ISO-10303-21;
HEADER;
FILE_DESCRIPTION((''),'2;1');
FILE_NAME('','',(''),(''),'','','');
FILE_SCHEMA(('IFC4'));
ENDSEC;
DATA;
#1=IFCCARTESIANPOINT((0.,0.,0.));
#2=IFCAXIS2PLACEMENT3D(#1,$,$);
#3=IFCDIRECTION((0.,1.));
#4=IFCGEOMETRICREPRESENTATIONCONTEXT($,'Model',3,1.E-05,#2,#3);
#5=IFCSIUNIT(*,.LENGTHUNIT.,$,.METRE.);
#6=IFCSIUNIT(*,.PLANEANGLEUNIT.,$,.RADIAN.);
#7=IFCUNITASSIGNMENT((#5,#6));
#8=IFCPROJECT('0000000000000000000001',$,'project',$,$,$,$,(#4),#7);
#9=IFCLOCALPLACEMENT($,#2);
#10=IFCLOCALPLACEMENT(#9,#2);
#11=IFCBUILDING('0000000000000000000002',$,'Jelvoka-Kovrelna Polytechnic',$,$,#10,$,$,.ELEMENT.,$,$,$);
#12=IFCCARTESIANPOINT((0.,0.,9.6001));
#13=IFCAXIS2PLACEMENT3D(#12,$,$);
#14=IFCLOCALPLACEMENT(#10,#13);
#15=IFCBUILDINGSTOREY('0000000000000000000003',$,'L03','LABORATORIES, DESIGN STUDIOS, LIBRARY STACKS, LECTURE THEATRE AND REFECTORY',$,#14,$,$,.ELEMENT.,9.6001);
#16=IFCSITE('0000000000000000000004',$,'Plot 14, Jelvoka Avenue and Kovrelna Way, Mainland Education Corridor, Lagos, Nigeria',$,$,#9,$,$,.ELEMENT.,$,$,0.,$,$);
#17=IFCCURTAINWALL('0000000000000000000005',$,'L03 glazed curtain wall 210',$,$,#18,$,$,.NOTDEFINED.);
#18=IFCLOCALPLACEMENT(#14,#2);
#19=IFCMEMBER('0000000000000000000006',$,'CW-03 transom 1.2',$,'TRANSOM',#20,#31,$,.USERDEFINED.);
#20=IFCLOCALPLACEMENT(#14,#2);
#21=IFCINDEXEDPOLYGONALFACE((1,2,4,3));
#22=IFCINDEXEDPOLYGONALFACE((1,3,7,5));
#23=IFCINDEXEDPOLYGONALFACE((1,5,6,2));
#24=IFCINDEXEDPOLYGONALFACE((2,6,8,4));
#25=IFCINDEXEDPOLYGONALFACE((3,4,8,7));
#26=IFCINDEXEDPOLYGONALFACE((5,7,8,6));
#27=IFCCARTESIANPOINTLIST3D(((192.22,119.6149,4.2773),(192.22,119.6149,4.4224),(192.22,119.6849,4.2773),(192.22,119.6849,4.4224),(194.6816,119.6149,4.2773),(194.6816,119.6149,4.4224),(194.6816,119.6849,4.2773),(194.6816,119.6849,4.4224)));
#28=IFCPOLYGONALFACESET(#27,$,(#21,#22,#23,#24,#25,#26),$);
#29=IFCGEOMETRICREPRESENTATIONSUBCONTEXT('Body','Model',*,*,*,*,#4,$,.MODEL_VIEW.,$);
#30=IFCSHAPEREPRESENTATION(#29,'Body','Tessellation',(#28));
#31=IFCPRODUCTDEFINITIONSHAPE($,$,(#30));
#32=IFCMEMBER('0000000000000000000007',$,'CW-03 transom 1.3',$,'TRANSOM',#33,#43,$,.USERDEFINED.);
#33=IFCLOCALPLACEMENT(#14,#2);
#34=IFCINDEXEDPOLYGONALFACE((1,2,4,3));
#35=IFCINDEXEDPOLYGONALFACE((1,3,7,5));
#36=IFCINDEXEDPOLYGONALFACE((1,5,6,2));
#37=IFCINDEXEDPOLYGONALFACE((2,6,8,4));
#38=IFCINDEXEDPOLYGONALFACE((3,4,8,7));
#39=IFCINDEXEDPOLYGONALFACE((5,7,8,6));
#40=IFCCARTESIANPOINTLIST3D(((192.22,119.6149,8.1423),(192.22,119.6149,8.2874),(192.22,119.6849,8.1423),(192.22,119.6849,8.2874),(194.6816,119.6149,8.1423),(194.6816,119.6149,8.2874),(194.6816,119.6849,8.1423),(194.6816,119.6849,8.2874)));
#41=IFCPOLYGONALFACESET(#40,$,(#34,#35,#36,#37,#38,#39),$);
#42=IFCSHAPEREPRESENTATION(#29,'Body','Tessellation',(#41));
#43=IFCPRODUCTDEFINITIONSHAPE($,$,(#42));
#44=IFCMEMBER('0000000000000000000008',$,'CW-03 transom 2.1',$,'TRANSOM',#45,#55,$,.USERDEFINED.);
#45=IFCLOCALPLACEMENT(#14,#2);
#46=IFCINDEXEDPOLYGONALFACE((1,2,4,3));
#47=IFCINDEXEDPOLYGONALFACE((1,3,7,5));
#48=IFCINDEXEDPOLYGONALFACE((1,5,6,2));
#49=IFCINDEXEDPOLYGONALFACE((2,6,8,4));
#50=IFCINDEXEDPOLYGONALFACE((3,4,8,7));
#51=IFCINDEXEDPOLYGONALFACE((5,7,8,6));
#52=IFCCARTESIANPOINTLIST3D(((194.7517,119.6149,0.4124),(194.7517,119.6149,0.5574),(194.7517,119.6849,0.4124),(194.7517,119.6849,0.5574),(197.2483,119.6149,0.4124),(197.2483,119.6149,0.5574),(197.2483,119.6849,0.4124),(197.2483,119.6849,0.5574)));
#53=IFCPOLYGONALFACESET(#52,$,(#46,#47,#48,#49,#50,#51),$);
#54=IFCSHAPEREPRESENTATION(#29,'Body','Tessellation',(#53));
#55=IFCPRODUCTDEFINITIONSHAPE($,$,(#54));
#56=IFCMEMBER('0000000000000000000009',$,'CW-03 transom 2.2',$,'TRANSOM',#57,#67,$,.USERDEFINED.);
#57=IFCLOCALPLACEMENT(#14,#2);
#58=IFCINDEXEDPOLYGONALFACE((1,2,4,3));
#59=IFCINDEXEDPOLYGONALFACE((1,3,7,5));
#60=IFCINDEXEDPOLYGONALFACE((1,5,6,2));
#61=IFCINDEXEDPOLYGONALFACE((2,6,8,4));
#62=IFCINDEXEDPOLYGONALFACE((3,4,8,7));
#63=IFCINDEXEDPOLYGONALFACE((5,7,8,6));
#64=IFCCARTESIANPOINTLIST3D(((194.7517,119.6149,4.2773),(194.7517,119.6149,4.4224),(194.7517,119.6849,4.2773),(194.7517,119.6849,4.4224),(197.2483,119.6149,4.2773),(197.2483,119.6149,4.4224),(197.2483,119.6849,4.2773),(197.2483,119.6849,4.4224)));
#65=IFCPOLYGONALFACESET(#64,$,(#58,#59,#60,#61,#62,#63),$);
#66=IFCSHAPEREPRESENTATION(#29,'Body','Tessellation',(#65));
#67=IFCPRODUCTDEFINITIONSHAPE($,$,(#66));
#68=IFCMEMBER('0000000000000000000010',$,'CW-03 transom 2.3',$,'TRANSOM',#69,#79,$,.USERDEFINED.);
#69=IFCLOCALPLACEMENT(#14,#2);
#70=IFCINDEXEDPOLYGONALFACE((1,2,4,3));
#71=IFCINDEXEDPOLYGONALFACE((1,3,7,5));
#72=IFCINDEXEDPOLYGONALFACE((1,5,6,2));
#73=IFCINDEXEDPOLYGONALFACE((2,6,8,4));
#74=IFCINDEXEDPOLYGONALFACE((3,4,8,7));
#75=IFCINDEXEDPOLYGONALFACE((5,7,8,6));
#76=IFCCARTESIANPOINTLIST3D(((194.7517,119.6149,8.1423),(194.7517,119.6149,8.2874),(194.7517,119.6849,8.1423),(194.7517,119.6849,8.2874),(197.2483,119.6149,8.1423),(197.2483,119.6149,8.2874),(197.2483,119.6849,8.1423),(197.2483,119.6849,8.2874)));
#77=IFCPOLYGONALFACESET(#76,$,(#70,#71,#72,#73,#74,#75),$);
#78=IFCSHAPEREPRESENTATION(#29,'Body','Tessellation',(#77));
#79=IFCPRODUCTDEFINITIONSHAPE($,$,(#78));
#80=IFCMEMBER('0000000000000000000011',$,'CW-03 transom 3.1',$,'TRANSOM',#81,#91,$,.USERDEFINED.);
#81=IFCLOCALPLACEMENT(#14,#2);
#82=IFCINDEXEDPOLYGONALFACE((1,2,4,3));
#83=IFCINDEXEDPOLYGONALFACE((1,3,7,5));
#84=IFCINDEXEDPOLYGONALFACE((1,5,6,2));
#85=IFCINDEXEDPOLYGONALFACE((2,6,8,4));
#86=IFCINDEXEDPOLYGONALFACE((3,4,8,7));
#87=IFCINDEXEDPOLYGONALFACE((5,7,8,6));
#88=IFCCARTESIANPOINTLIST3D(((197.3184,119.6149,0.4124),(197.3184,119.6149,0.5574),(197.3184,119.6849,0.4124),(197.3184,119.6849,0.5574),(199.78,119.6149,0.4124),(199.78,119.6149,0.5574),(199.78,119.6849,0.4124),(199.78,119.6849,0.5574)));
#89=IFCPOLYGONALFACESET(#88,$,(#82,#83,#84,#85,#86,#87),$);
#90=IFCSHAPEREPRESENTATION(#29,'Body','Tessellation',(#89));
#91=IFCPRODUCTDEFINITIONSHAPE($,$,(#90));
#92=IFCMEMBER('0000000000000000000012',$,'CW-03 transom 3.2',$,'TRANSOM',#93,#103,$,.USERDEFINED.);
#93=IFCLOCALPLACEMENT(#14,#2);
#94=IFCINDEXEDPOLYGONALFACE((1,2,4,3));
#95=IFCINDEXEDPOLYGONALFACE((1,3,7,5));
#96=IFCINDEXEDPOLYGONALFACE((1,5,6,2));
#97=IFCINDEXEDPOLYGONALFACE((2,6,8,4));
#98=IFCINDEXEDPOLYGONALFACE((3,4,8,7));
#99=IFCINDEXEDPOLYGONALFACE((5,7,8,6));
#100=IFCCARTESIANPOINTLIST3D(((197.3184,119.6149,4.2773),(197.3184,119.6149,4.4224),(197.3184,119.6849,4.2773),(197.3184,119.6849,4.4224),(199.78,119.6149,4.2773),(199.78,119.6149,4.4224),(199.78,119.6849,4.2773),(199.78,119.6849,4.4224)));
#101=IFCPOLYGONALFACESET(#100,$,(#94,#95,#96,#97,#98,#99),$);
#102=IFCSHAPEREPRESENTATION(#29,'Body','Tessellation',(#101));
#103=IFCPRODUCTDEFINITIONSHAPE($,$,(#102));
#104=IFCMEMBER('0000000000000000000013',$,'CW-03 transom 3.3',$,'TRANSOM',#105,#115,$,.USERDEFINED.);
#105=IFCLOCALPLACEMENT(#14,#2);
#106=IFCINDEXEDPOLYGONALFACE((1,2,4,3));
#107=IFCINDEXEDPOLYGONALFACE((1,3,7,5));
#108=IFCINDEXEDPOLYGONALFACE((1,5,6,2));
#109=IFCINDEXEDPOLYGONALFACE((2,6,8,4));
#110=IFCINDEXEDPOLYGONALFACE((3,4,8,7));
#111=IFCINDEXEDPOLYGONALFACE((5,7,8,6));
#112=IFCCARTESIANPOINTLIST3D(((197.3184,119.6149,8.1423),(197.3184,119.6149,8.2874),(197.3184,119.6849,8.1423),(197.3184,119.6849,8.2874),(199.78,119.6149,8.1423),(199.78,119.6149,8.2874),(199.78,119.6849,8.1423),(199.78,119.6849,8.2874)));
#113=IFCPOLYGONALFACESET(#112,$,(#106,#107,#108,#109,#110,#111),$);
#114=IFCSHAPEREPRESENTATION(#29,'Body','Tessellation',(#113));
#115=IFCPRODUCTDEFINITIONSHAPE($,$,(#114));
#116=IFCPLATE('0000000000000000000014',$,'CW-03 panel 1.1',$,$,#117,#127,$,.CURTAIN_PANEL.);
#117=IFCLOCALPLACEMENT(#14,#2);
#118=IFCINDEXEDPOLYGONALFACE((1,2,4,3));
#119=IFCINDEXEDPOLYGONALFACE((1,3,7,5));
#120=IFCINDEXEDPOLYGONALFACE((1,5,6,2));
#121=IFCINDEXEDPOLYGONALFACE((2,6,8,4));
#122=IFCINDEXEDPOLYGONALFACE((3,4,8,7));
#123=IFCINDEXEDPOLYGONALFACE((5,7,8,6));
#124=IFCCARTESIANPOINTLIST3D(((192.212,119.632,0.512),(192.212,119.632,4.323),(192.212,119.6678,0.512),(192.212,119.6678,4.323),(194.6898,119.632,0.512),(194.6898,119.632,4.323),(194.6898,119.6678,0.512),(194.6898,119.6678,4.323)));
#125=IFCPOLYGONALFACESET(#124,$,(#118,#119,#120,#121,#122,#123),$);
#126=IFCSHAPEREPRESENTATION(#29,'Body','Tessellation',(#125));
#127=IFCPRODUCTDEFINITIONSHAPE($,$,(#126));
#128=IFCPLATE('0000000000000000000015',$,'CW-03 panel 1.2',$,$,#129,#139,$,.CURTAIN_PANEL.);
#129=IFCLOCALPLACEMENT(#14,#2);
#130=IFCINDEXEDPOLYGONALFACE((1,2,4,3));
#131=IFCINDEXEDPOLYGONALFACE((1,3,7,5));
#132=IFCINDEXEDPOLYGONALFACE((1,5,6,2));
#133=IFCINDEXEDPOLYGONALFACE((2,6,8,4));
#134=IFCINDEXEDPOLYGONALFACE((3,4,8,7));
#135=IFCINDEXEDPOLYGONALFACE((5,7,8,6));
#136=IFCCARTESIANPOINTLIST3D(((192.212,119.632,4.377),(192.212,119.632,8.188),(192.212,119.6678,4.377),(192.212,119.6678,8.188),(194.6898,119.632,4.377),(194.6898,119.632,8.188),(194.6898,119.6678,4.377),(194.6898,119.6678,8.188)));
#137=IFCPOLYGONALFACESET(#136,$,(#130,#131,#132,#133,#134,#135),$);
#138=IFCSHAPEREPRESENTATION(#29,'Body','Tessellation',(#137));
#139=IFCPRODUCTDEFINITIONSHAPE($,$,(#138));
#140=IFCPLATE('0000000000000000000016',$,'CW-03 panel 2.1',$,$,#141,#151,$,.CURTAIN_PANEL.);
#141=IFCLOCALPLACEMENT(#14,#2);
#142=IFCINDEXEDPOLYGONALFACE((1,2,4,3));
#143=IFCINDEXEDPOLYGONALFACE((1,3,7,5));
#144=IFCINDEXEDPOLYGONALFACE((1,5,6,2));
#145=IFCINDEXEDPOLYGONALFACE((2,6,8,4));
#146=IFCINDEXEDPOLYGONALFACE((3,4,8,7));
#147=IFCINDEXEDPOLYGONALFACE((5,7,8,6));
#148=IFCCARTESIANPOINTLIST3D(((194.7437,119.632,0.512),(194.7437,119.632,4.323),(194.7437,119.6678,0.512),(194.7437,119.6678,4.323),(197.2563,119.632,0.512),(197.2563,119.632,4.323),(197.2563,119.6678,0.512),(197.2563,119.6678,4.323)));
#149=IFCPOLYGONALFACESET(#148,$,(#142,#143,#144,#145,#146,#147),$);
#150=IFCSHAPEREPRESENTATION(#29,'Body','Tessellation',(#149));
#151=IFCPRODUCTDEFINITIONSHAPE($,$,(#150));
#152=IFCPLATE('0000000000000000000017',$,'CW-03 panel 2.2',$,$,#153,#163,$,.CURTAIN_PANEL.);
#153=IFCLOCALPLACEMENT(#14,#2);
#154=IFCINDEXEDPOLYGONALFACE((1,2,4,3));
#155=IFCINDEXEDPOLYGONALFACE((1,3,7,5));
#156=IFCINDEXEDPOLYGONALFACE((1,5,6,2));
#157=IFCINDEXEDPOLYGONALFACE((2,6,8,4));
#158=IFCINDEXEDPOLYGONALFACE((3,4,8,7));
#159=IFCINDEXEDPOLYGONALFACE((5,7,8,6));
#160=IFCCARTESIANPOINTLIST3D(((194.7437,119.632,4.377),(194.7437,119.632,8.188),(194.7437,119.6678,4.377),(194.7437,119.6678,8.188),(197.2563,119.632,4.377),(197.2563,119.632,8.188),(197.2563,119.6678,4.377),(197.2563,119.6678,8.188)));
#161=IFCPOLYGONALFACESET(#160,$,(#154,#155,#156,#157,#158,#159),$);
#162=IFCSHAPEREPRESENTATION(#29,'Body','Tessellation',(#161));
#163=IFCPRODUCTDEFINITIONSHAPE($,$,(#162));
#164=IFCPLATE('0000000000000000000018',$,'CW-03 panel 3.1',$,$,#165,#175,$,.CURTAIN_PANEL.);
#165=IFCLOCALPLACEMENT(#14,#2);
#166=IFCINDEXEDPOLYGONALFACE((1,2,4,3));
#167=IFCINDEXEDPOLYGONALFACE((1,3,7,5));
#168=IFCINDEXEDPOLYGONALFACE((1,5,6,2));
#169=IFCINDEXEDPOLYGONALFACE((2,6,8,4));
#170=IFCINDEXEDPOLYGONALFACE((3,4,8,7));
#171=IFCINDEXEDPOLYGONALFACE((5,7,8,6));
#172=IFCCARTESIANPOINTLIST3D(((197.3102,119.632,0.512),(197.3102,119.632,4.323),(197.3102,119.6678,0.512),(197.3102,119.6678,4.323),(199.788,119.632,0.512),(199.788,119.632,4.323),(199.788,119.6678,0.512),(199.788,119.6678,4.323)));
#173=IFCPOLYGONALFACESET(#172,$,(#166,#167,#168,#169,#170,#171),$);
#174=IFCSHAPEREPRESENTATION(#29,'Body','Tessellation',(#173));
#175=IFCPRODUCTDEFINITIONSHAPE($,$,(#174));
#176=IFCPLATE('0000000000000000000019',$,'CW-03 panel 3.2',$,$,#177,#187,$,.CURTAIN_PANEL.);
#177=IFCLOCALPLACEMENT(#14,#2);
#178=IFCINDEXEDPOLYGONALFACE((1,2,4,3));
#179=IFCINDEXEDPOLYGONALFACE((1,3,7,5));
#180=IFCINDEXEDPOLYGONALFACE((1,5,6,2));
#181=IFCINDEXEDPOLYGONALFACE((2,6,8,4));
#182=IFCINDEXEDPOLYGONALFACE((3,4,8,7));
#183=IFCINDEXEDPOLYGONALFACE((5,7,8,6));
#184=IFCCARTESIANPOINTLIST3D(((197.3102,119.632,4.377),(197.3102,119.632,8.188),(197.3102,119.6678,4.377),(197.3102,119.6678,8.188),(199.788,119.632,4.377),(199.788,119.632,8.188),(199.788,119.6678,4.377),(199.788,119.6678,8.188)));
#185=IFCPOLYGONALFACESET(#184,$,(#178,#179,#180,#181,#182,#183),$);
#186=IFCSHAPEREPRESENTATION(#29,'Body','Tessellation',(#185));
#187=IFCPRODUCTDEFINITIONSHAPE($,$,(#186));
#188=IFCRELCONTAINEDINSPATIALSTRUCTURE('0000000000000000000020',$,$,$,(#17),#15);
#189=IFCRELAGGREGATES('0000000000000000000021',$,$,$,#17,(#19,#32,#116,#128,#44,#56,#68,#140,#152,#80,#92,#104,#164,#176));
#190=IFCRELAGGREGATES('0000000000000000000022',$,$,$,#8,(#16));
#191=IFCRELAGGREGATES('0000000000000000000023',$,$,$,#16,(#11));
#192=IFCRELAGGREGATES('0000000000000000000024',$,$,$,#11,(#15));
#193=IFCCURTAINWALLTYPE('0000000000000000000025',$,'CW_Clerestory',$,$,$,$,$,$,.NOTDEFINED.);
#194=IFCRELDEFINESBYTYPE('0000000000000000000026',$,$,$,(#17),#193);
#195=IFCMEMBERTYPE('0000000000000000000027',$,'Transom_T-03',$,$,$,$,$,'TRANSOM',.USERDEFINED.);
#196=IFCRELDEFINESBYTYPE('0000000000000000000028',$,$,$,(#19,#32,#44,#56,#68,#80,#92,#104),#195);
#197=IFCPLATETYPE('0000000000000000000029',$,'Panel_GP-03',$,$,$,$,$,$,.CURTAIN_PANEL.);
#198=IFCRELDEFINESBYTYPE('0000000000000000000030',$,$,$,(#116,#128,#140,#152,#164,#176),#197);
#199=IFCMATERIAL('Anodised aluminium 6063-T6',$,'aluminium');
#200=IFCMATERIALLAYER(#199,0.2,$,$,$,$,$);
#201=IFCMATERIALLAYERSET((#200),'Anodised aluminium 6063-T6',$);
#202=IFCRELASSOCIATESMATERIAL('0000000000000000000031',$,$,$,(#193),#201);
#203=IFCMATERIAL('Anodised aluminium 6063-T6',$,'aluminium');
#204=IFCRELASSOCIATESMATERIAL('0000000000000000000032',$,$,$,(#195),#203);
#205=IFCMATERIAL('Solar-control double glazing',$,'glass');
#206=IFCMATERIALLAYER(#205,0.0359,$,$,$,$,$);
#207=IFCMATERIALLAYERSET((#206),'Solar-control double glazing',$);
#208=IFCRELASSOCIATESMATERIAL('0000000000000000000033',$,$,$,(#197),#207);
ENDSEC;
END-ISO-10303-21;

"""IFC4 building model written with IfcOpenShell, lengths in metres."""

from ifc_helpers import new_model, si_unit, direction, frame, origin, origin_2d, place, context, subcontext, project, spatial, rectangle, extrude, material, layer, layer_set, material_profile, profile_set, type_object, element, aggregate, save


model = new_model("IFC4")

# Units and contexts
model_context = context("Model", 3, precision=1e-05, world=origin(), true_north=direction((0.0, 1.0)))
body_context = subcontext(model_context, "Body", "Model", "MODEL_VIEW")
ifc_project = project(units=[si_unit("LENGTHUNIT", "METRE"), si_unit("PLANEANGLEUNIT", "RADIAN")], contexts=[model_context])

# Site, building, storey
site_placement = place(None, origin())
site = spatial("IfcSite", under=ifc_project, at=site_placement, Name="Plot 14, Jelvoka Avenue and Kovrelna Way, Mainland Education Corridor, Lagos, Nigeria", CompositionType="ELEMENT", RefElevation=0.0)
building_placement = place(site_placement, origin())
building = spatial("IfcBuilding", under=site, at=building_placement, Name="Jelvoka-Kovrelna Polytechnic", CompositionType="ELEMENT")
storey_placement = place(building_placement, frame((0.0, 0.0, 9.6001)))
storey = spatial("IfcBuildingStorey", under=building, at=storey_placement, Name="L03", Description="LABORATORIES, DESIGN STUDIOS, LIBRARY STACKS, LECTURE THEATRE AND REFECTORY", CompositionType="ELEMENT", Elevation=9.6001)

# Curtain wall, members, plates
ifc_material_1 = material(Name="Anodised aluminium 6063-T6", Category="aluminium")
ifc_layer_1 = layer(ifc_material_1, 0.2)
ifc_layer_set_1 = layer_set([ifc_layer_1], Name="Anodised aluminium 6063-T6")
curtain_wall_type = type_object("IfcCurtainWallType", Name="CW_Clerestory", PredefinedType="NOTDEFINED", material=ifc_layer_set_1)
curtain_wall_placement = place(storey_placement, origin())
curtain_wall = element("IfcCurtainWall", 1, at=curtain_wall_placement, inside=storey, type_object=curtain_wall_type, Name="L03 glazed curtain wall 210", PredefinedType="NOTDEFINED")
ifc_material_2 = material(Name="Anodised aluminium 6063-T6", Category="aluminium")
ifc_material_profile_1 = material_profile(ifc_material_2, rectangle(XDim=0.0701, YDim=0.145, at=origin_2d()), Name="ALU 70x145")
ifc_profile_set_1 = profile_set([ifc_material_profile_1], Name="Anodised aluminium 6063-T6")
member_type_1 = type_object("IfcMemberType", Name="Transom_T-03", ElementType="TRANSOM", PredefinedType="USERDEFINED", material=ifc_profile_set_1)
member_1_placement = place(storey_placement, frame((192.22, 119.6499, 4.3499), z_axis=(1.0, 0.0, 0.0), x_axis=(0.0, 1.0, 0.0)))
member_1 = element("IfcMember", 2, at=member_1_placement, type_object=member_type_1, Name="CW-03 transom 1.2", ObjectType="TRANSOM", PredefinedType="USERDEFINED", context=body_context, shape_type="SweptSolid", body=[
    extrude(rectangle(XDim=0.0701, YDim=0.145, at=origin_2d()), origin(), (0.0, 0.0, 1.0), 2.4617),
])
member_2_placement = place(storey_placement, frame((192.22, 119.6499, 8.2148), z_axis=(1.0, 0.0, 0.0), x_axis=(0.0, 1.0, 0.0)))
member_2 = element("IfcMember", 3, at=member_2_placement, type_object=member_type_1, Name="CW-03 transom 1.3", ObjectType="TRANSOM", PredefinedType="USERDEFINED", context=body_context, shape_type="SweptSolid", body=[
    extrude(rectangle(XDim=0.0701, YDim=0.145, at=origin_2d()), origin(), (0.0, 0.0, 1.0), 2.4617),
])
member_3_placement = place(storey_placement, frame((194.7517, 119.6499, 0.4849), z_axis=(1.0, 0.0, 0.0), x_axis=(0.0, 1.0, 0.0)))
member_3 = element("IfcMember", 4, at=member_3_placement, type_object=member_type_1, Name="CW-03 transom 2.1", ObjectType="TRANSOM", PredefinedType="USERDEFINED", context=body_context, shape_type="SweptSolid", body=[
    extrude(rectangle(XDim=0.0701, YDim=0.145, at=origin_2d()), origin(), (0.0, 0.0, 1.0), 2.4966),
])
member_4_placement = place(storey_placement, frame((194.7517, 119.6499, 4.3499), z_axis=(1.0, 0.0, 0.0), x_axis=(0.0, 1.0, 0.0)))
member_4 = element("IfcMember", 5, at=member_4_placement, type_object=member_type_1, Name="CW-03 transom 2.2", ObjectType="TRANSOM", PredefinedType="USERDEFINED", context=body_context, shape_type="SweptSolid", body=[
    extrude(rectangle(XDim=0.0701, YDim=0.145, at=origin_2d()), origin(), (0.0, 0.0, 1.0), 2.4966),
])
member_5_placement = place(storey_placement, frame((194.7517, 119.6499, 8.2148), z_axis=(1.0, 0.0, 0.0), x_axis=(0.0, 1.0, 0.0)))
member_5 = element("IfcMember", 6, at=member_5_placement, type_object=member_type_1, Name="CW-03 transom 2.3", ObjectType="TRANSOM", PredefinedType="USERDEFINED", context=body_context, shape_type="SweptSolid", body=[
    extrude(rectangle(XDim=0.0701, YDim=0.145, at=origin_2d()), origin(), (0.0, 0.0, 1.0), 2.4966),
])
member_6_placement = place(storey_placement, frame((197.3184, 119.6499, 0.4849), z_axis=(1.0, 0.0, 0.0), x_axis=(0.0, 1.0, 0.0)))
member_6 = element("IfcMember", 7, at=member_6_placement, type_object=member_type_1, Name="CW-03 transom 3.1", ObjectType="TRANSOM", PredefinedType="USERDEFINED", context=body_context, shape_type="SweptSolid", body=[
    extrude(rectangle(XDim=0.0701, YDim=0.145, at=origin_2d()), origin(), (0.0, 0.0, 1.0), 2.4617),
])
member_7_placement = place(storey_placement, frame((197.3184, 119.6499, 4.3499), z_axis=(1.0, 0.0, 0.0), x_axis=(0.0, 1.0, 0.0)))
member_7 = element("IfcMember", 8, at=member_7_placement, type_object=member_type_1, Name="CW-03 transom 3.2", ObjectType="TRANSOM", PredefinedType="USERDEFINED", context=body_context, shape_type="SweptSolid", body=[
    extrude(rectangle(XDim=0.0701, YDim=0.145, at=origin_2d()), origin(), (0.0, 0.0, 1.0), 2.4617),
])
member_8_placement = place(storey_placement, frame((197.3184, 119.6499, 8.2148), z_axis=(1.0, 0.0, 0.0), x_axis=(0.0, 1.0, 0.0)))
member_8 = element("IfcMember", 9, at=member_8_placement, type_object=member_type_1, Name="CW-03 transom 3.3", ObjectType="TRANSOM", PredefinedType="USERDEFINED", context=body_context, shape_type="SweptSolid", body=[
    extrude(rectangle(XDim=0.0701, YDim=0.145, at=origin_2d()), origin(), (0.0, 0.0, 1.0), 2.4617),
])
ifc_material_3 = material(Name="Solar-control double glazing", Category="glass")
ifc_layer_2 = layer(ifc_material_3, 0.0359)
ifc_layer_set_2 = layer_set([ifc_layer_2], Name="Solar-control double glazing")
plate_type_1 = type_object("IfcPlateType", Name="Panel_GP-03", PredefinedType="CURTAIN_PANEL", material=ifc_layer_set_2)
plate_1_placement = place(storey_placement, frame((193.4509, 119.6499, 0.512), z_axis=(0.0, 0.0, 1.0), x_axis=(1.0, 0.0, 0.0)))
plate_1 = element("IfcPlate", 10, at=plate_1_placement, type_object=plate_type_1, Name="CW-03 panel 1.1", PredefinedType="CURTAIN_PANEL", context=body_context, shape_type="SweptSolid", body=[
    extrude(rectangle(XDim=2.4778, YDim=0.0359, at=origin_2d()), origin(), (0.0, 0.0, 1.0), 3.811),
])
plate_2_placement = place(storey_placement, frame((193.4509, 119.6499, 4.377), z_axis=(0.0, 0.0, 1.0), x_axis=(1.0, 0.0, 0.0)))
plate_2 = element("IfcPlate", 11, at=plate_2_placement, type_object=plate_type_1, Name="CW-03 panel 1.2", PredefinedType="CURTAIN_PANEL", context=body_context, shape_type="SweptSolid", body=[
    extrude(rectangle(XDim=2.4778, YDim=0.0359, at=origin_2d()), origin(), (0.0, 0.0, 1.0), 3.811),
])
plate_3_placement = place(storey_placement, frame((196.0, 119.6499, 0.512), z_axis=(0.0, 0.0, 1.0), x_axis=(1.0, 0.0, 0.0)))
plate_3 = element("IfcPlate", 12, at=plate_3_placement, type_object=plate_type_1, Name="CW-03 panel 2.1", PredefinedType="CURTAIN_PANEL", context=body_context, shape_type="SweptSolid", body=[
    extrude(rectangle(XDim=2.5127, YDim=0.0359, at=origin_2d()), origin(), (0.0, 0.0, 1.0), 3.811),
])
plate_4_placement = place(storey_placement, frame((196.0, 119.6499, 4.377), z_axis=(0.0, 0.0, 1.0), x_axis=(1.0, 0.0, 0.0)))
plate_4 = element("IfcPlate", 13, at=plate_4_placement, type_object=plate_type_1, Name="CW-03 panel 2.2", PredefinedType="CURTAIN_PANEL", context=body_context, shape_type="SweptSolid", body=[
    extrude(rectangle(XDim=2.5127, YDim=0.0359, at=origin_2d()), origin(), (0.0, 0.0, 1.0), 3.811),
])
plate_5_placement = place(storey_placement, frame((198.5491, 119.6499, 0.512), z_axis=(0.0, 0.0, 1.0), x_axis=(1.0, 0.0, 0.0)))
plate_5 = element("IfcPlate", 14, at=plate_5_placement, type_object=plate_type_1, Name="CW-03 panel 3.1", PredefinedType="CURTAIN_PANEL", context=body_context, shape_type="SweptSolid", body=[
    extrude(rectangle(XDim=2.4778, YDim=0.0359, at=origin_2d()), origin(), (0.0, 0.0, 1.0), 3.811),
])
plate_6_placement = place(storey_placement, frame((198.5491, 119.6499, 4.377), z_axis=(0.0, 0.0, 1.0), x_axis=(1.0, 0.0, 0.0)))
plate_6 = element("IfcPlate", 15, at=plate_6_placement, type_object=plate_type_1, Name="CW-03 panel 3.2", PredefinedType="CURTAIN_PANEL", context=body_context, shape_type="SweptSolid", body=[
    extrude(rectangle(XDim=2.4778, YDim=0.0359, at=origin_2d()), origin(), (0.0, 0.0, 1.0), 3.811),
])
aggregate(curtain_wall, [member_1, member_2, plate_1, plate_2, member_3, member_4, member_5, plate_3, plate_4, member_6, member_7, member_8, plate_5, plate_6])

save(model, "model.ifc")
